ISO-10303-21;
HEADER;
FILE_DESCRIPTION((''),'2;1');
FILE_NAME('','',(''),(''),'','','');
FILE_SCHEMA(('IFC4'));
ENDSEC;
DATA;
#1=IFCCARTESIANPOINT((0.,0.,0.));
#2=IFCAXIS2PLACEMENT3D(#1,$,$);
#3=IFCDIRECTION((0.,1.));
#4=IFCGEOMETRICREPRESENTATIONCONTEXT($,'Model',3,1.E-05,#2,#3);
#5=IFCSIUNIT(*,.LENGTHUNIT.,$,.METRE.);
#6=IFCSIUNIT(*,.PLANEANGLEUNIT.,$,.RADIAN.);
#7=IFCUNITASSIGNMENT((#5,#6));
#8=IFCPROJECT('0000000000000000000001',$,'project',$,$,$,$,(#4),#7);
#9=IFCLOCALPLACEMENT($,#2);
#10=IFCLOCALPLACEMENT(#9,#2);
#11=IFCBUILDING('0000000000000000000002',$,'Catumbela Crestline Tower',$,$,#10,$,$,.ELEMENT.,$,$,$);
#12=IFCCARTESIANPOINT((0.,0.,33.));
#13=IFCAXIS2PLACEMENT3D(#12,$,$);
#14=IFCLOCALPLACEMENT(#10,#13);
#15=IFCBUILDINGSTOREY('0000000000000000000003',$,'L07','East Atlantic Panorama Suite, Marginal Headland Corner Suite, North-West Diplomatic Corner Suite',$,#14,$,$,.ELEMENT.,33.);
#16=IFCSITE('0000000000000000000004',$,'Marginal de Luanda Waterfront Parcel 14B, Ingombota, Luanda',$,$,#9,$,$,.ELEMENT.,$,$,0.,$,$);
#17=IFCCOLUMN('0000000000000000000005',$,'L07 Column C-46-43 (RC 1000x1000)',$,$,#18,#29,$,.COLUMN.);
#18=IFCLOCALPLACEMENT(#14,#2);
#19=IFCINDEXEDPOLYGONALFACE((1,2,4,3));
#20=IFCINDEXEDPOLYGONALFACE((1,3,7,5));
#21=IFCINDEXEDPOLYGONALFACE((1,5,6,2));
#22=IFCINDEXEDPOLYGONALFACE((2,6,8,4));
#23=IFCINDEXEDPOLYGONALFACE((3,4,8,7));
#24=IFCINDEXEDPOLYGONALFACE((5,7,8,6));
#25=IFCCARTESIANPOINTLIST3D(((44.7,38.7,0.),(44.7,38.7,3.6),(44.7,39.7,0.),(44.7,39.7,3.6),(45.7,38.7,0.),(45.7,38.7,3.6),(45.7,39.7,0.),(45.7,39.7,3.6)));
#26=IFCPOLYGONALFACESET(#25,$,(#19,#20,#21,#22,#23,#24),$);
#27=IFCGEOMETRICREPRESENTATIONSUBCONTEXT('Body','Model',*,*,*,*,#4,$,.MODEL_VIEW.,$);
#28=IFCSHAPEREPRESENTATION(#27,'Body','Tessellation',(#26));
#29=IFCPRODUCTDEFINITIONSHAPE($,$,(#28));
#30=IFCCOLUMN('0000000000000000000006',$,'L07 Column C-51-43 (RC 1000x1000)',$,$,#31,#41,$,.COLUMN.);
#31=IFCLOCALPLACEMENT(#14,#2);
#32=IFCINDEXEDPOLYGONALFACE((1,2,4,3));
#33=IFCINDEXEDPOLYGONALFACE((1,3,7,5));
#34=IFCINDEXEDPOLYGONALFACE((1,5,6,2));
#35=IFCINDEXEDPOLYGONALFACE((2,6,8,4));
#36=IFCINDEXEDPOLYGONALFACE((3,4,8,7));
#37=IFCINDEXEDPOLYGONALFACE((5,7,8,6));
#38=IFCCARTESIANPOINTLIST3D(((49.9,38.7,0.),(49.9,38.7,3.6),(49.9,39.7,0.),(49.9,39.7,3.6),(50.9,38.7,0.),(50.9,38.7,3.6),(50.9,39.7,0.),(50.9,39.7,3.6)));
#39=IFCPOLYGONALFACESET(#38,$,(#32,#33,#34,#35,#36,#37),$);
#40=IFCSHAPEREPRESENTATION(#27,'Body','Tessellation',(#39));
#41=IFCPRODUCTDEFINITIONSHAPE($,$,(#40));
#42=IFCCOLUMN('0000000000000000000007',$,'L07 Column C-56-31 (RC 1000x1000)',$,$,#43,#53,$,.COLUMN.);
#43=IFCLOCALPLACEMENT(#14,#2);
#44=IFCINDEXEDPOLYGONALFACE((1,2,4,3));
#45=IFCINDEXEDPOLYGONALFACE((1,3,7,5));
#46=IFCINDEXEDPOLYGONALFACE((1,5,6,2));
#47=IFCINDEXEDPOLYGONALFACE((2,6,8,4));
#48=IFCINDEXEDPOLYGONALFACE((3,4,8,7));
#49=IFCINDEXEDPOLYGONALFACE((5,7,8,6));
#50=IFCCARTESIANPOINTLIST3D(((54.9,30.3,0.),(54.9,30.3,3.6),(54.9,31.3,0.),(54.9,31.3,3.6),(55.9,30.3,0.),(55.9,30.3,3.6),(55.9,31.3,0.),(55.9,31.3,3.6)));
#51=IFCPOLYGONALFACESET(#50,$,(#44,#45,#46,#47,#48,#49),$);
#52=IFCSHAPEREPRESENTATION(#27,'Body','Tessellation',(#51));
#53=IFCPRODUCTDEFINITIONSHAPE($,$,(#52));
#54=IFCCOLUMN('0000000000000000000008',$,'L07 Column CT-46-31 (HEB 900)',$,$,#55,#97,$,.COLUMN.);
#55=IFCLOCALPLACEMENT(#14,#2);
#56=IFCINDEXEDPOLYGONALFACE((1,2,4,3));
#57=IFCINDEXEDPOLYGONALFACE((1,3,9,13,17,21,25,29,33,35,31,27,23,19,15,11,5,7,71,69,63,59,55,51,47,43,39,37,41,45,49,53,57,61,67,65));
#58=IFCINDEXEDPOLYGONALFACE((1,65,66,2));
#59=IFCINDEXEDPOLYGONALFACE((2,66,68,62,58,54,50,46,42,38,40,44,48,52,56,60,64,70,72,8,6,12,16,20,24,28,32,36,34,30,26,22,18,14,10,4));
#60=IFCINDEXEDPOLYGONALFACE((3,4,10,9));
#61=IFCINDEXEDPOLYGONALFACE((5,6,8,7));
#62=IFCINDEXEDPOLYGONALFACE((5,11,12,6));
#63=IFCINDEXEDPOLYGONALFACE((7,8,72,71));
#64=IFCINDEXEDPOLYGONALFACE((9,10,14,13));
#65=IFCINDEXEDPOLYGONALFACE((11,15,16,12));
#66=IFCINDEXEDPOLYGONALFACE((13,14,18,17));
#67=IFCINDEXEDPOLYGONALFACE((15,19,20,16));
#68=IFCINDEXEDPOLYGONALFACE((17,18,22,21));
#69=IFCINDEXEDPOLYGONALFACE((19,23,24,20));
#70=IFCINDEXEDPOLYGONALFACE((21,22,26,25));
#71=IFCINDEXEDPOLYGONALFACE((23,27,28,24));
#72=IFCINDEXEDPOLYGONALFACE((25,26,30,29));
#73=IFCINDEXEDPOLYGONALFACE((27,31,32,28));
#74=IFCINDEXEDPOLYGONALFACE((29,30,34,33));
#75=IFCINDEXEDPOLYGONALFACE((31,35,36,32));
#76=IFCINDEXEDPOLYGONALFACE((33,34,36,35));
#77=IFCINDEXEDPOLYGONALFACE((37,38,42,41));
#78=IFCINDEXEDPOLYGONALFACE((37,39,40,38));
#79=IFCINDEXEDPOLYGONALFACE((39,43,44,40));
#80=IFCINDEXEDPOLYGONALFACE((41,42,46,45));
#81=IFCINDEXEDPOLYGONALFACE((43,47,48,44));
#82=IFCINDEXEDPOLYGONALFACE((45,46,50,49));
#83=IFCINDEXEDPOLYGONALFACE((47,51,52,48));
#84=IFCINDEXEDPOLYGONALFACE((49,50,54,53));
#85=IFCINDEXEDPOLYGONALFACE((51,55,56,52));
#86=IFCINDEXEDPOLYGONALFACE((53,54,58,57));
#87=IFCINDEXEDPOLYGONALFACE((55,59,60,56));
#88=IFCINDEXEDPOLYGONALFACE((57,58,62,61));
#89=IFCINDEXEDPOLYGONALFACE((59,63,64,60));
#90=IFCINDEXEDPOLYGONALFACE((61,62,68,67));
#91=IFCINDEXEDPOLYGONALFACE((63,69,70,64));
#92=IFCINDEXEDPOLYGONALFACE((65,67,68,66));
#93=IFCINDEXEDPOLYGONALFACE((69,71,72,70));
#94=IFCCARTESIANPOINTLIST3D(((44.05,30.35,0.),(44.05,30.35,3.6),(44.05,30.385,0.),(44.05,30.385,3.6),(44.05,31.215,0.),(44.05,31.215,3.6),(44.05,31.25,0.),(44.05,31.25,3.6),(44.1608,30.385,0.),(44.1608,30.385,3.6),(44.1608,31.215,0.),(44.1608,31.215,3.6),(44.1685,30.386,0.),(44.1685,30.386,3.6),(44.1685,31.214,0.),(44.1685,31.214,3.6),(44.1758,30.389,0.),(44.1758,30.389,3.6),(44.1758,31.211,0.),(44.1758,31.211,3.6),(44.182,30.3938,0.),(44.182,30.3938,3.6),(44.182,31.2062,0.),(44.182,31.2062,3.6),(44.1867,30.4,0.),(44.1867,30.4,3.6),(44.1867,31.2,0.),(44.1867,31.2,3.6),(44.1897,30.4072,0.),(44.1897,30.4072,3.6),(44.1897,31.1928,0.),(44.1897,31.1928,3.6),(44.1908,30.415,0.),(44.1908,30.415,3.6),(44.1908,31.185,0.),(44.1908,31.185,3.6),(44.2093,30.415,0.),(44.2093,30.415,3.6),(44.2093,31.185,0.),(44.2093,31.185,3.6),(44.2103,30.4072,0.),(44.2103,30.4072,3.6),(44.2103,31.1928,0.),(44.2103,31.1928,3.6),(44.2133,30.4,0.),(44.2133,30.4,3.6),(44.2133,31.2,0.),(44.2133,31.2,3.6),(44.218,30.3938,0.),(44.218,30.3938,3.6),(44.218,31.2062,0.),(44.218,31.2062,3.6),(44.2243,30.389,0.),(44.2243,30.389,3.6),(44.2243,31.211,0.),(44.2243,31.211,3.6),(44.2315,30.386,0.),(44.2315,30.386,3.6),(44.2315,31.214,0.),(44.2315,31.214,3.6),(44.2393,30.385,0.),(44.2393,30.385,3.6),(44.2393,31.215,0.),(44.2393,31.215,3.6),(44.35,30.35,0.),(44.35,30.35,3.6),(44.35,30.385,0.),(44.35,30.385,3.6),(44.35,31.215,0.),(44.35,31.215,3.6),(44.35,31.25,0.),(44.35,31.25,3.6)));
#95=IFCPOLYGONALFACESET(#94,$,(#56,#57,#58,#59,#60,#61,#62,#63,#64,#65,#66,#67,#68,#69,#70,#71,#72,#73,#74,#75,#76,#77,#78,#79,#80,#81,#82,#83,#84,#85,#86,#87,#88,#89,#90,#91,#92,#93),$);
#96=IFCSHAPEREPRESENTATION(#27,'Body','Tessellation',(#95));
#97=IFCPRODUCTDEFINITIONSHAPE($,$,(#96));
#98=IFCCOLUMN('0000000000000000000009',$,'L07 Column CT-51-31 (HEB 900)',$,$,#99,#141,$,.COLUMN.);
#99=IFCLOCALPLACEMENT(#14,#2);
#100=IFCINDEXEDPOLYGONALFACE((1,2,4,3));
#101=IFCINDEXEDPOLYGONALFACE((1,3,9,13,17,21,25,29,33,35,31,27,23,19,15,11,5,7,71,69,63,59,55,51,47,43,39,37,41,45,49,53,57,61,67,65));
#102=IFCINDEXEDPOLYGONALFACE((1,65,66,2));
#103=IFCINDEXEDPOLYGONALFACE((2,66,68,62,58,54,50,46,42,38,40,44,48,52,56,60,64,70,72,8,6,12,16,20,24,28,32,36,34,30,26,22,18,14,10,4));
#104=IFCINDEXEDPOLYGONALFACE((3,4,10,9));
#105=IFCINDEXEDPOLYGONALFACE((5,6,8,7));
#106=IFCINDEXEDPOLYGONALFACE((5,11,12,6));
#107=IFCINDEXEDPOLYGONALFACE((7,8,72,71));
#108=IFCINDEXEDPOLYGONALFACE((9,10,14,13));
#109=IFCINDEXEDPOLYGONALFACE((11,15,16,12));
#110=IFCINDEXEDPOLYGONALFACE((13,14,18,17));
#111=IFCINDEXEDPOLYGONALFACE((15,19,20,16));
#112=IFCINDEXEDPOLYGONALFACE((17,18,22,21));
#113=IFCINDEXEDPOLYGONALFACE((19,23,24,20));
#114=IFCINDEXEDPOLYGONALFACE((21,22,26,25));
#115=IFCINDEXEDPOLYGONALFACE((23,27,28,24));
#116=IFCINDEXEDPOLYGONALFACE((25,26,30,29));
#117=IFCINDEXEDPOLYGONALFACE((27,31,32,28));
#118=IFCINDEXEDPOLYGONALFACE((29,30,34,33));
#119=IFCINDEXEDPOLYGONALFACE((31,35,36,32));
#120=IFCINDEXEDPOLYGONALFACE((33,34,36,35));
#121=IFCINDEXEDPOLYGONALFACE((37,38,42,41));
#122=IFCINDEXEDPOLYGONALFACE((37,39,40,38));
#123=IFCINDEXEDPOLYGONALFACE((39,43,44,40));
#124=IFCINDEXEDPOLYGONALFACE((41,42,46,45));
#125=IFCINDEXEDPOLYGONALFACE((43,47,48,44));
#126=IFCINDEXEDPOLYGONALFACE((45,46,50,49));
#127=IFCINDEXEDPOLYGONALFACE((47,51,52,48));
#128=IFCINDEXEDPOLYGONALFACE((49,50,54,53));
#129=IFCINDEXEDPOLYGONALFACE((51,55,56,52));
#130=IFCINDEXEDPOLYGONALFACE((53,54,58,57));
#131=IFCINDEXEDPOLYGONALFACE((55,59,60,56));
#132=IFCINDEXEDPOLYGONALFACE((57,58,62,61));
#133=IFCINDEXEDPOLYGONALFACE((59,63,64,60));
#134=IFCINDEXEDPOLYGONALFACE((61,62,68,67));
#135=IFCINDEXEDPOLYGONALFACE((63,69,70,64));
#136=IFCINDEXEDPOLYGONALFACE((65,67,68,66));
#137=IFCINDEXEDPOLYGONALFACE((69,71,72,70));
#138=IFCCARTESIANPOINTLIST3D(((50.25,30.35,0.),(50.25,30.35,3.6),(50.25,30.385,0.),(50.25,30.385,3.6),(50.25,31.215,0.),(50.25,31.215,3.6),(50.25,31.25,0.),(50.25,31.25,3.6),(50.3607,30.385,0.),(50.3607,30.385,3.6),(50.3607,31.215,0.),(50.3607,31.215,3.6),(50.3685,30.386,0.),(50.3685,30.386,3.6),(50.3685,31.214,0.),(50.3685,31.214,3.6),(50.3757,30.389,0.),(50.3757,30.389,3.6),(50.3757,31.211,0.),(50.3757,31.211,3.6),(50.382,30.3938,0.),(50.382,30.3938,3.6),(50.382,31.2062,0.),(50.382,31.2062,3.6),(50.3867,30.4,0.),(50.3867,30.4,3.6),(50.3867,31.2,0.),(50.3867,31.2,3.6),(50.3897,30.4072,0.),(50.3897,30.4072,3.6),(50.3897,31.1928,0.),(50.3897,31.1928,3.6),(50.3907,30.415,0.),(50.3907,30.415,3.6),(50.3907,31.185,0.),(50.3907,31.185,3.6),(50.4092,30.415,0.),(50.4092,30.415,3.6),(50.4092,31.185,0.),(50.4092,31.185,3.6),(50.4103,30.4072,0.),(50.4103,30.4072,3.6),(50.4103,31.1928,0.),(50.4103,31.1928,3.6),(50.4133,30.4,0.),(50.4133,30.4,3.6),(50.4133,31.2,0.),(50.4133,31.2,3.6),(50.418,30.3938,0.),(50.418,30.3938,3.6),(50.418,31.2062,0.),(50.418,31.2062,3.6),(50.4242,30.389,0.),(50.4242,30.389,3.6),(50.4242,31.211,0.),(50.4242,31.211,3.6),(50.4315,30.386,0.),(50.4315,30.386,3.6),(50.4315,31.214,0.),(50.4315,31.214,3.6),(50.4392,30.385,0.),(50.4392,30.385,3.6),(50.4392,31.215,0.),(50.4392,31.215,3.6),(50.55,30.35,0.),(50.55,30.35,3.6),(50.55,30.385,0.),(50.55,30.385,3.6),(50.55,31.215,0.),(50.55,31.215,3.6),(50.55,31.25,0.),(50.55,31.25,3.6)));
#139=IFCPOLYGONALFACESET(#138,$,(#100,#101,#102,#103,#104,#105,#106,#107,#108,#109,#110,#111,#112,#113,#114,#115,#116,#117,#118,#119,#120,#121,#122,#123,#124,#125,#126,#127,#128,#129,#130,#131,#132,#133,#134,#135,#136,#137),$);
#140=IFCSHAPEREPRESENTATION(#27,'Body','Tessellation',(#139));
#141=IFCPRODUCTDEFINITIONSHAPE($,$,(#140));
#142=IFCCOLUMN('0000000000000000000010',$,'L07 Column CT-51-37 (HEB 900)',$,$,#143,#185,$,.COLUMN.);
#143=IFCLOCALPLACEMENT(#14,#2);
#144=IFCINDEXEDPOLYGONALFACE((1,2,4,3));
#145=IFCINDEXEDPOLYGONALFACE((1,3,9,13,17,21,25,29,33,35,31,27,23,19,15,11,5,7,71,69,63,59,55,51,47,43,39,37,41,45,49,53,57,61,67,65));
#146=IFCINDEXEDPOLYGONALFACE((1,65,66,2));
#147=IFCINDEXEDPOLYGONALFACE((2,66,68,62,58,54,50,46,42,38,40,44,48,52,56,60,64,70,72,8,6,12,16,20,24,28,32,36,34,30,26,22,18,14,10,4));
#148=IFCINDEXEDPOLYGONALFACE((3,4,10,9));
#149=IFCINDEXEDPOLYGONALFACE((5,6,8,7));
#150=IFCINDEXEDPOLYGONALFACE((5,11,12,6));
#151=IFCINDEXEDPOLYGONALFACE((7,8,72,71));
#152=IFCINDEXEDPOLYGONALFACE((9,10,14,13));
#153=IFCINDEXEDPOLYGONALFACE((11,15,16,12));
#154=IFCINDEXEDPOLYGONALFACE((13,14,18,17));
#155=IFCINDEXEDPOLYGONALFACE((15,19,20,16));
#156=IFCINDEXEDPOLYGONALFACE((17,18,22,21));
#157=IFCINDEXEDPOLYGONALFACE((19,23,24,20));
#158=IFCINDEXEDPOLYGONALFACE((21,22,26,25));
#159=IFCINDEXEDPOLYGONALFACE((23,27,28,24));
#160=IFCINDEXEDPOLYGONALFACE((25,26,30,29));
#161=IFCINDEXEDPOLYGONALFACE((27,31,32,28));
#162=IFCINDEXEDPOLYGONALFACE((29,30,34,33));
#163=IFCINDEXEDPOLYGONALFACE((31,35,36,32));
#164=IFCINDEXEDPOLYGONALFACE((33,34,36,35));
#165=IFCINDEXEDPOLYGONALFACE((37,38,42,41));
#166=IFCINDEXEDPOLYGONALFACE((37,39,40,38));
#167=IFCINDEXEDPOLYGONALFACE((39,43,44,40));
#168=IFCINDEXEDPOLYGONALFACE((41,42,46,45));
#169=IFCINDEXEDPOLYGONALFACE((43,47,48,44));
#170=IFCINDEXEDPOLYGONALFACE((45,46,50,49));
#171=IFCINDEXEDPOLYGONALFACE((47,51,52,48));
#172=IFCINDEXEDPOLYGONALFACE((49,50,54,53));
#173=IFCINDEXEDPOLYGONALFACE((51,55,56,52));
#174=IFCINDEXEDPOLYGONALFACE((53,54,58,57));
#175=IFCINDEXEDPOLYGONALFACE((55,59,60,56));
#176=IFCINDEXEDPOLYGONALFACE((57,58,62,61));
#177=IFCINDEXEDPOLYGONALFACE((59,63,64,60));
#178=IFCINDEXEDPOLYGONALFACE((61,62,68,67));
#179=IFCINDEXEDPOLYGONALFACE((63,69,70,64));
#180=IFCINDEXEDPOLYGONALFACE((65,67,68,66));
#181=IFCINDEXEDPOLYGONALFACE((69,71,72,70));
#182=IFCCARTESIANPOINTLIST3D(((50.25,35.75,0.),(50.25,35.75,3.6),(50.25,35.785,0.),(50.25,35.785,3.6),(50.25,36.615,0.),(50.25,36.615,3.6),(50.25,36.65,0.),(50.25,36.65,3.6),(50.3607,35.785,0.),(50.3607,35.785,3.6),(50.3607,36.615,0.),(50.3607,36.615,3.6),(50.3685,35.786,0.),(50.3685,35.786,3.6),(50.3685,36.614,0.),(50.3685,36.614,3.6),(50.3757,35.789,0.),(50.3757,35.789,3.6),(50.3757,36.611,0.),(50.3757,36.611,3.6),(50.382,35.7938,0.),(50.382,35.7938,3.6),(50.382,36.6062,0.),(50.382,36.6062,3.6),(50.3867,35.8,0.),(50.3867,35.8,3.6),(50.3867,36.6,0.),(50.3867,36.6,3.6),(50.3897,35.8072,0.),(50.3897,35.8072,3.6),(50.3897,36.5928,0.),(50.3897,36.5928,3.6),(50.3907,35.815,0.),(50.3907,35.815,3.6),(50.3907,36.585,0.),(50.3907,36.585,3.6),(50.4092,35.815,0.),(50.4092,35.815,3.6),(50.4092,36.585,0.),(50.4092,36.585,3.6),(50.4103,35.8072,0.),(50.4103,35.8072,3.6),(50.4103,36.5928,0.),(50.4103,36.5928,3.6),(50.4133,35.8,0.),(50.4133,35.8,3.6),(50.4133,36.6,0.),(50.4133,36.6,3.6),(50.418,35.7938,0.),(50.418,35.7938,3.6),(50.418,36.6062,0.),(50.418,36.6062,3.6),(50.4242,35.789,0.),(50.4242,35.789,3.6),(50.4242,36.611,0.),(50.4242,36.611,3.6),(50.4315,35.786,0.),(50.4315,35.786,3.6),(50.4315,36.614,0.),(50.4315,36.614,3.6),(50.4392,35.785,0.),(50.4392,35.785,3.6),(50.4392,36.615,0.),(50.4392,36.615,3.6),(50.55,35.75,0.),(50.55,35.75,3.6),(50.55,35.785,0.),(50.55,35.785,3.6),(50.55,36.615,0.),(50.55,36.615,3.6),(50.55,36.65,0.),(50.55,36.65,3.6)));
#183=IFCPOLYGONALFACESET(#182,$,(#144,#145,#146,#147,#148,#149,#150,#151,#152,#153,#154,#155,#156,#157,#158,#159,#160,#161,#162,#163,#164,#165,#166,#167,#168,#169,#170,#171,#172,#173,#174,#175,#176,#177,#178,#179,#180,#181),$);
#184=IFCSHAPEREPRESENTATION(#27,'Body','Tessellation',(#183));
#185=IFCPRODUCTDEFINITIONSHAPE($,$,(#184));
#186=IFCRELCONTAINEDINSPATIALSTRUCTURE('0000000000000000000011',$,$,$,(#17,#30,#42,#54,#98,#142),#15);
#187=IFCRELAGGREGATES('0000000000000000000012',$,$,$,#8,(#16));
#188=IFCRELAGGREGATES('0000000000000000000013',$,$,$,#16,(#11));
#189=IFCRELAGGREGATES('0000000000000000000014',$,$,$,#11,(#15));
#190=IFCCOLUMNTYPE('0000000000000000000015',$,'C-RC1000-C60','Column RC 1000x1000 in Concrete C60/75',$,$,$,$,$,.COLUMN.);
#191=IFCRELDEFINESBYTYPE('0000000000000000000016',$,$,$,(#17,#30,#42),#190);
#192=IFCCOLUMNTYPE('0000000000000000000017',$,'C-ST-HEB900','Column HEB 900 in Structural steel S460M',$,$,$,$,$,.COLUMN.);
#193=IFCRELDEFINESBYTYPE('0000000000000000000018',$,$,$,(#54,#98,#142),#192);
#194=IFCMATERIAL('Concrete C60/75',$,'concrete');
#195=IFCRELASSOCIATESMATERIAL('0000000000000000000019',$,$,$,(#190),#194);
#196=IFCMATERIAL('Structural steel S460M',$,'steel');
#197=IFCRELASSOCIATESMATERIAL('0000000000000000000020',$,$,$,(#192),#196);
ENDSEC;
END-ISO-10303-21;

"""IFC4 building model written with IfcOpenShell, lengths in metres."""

from ifc_helpers import new_model, si_unit, direction, frame, origin, origin_2d, place, context, subcontext, project, spatial, rectangle, i_section, extrude, material, material_profile, profile_set, type_object, element, save


model = new_model("IFC4")

# Units and contexts
model_context = context("Model", 3, precision=1e-05, world=origin(), true_north=direction((0.0, 1.0)))
body_context = subcontext(model_context, "Body", "Model", "MODEL_VIEW")
ifc_project = project(units=[si_unit("LENGTHUNIT", "METRE"), si_unit("PLANEANGLEUNIT", "RADIAN")], contexts=[model_context])

# Site, building, storey
site_placement = place(None, origin())
site = spatial("IfcSite", under=ifc_project, at=site_placement, Name="Marginal de Luanda Waterfront Parcel 14B, Ingombota, Luanda", CompositionType="ELEMENT", RefElevation=0.0)
building_placement = place(site_placement, origin())
building = spatial("IfcBuilding", under=site, at=building_placement, Name="Catumbela Crestline Tower", CompositionType="ELEMENT")
storey_placement = place(building_placement, frame((0.0, 0.0, 33.0)))
storey = spatial("IfcBuildingStorey", under=building, at=storey_placement, Name="L07", Description="East Atlantic Panorama Suite, Marginal Headland Corner Suite, North-West Diplomatic Corner Suite", CompositionType="ELEMENT", Elevation=33.0)

# Columns
ifc_material_1 = material(Name="Concrete C60/75", Category="concrete")
ifc_material_profile_1 = material_profile(ifc_material_1, rectangle(XDim=1.0, YDim=1.0, at=origin_2d()), Name="RC 1000x1000")
ifc_profile_set_1 = profile_set([ifc_material_profile_1], Name="Concrete C60/75")
column_type_1 = type_object("IfcColumnType", Name="C-RC1000-C60", Description="Column RC 1000x1000 in Concrete C60/75", PredefinedType="COLUMN", material=ifc_profile_set_1)
for number, where, z_axis, x_axis, name in (
    (1, (45.2, 39.2, 0.0), (0.0, 0.0, 1.0), (1.0, 0.0, 0.0), "L07 Column C-46-43 (RC 1000x1000)"),
    (2, (50.4, 39.2, 0.0), (0.0, 0.0, 1.0), (1.0, 0.0, 0.0), "L07 Column C-51-43 (RC 1000x1000)"),
    (3, (55.4, 30.8, 0.0), (0.0, 0.0, 1.0), (1.0, 0.0, 0.0), "L07 Column C-56-31 (RC 1000x1000)"),
):
    element("IfcColumn", number, at=place(storey_placement, frame(where, z_axis=z_axis, x_axis=x_axis)), inside=storey, type_object=column_type_1, Name=name, PredefinedType="COLUMN", context=body_context, shape_type="SweptSolid", body=[
        extrude(rectangle(XDim=1.0, YDim=1.0, at=origin_2d()), origin(), (0.0, 0.0, 1.0), 3.6),
    ])
ifc_material_2 = material(Name="Structural steel S460M", Category="steel")
ifc_material_profile_2 = material_profile(ifc_material_2, i_section(OverallWidth=0.3, OverallDepth=0.9, WebThickness=0.0185, FlangeThickness=0.035, FilletRadius=0.03, at=origin_2d()), Name="HEB 900")
ifc_profile_set_2 = profile_set([ifc_material_profile_2], Name="Structural steel S460M")
column_type_2 = type_object("IfcColumnType", Name="C-ST-HEB900", Description="Column HEB 900 in Structural steel S460M", PredefinedType="COLUMN", material=ifc_profile_set_2)
for number, where, z_axis, x_axis, name in (
    (4, (44.2, 30.8, 0.0), (0.0, 0.0, 1.0), (1.0, 0.0, 0.0), "L07 Column CT-46-31 (HEB 900)"),
    (5, (50.4, 30.8, 0.0), (0.0, 0.0, 1.0), (1.0, 0.0, 0.0), "L07 Column CT-51-31 (HEB 900)"),
    (6, (50.4, 36.2, 0.0), (0.0, 0.0, 1.0), (1.0, 0.0, 0.0), "L07 Column CT-51-37 (HEB 900)"),
):
    element("IfcColumn", number, at=place(storey_placement, frame(where, z_axis=z_axis, x_axis=x_axis)), inside=storey, type_object=column_type_2, Name=name, PredefinedType="COLUMN", context=body_context, shape_type="SweptSolid", body=[
        extrude(i_section(OverallWidth=0.3, OverallDepth=0.9, WebThickness=0.0185, FlangeThickness=0.035, FilletRadius=0.03, at=origin_2d()), origin(), (0.0, 0.0, 1.0), 3.6),
    ])

save(model, "model.ifc")
